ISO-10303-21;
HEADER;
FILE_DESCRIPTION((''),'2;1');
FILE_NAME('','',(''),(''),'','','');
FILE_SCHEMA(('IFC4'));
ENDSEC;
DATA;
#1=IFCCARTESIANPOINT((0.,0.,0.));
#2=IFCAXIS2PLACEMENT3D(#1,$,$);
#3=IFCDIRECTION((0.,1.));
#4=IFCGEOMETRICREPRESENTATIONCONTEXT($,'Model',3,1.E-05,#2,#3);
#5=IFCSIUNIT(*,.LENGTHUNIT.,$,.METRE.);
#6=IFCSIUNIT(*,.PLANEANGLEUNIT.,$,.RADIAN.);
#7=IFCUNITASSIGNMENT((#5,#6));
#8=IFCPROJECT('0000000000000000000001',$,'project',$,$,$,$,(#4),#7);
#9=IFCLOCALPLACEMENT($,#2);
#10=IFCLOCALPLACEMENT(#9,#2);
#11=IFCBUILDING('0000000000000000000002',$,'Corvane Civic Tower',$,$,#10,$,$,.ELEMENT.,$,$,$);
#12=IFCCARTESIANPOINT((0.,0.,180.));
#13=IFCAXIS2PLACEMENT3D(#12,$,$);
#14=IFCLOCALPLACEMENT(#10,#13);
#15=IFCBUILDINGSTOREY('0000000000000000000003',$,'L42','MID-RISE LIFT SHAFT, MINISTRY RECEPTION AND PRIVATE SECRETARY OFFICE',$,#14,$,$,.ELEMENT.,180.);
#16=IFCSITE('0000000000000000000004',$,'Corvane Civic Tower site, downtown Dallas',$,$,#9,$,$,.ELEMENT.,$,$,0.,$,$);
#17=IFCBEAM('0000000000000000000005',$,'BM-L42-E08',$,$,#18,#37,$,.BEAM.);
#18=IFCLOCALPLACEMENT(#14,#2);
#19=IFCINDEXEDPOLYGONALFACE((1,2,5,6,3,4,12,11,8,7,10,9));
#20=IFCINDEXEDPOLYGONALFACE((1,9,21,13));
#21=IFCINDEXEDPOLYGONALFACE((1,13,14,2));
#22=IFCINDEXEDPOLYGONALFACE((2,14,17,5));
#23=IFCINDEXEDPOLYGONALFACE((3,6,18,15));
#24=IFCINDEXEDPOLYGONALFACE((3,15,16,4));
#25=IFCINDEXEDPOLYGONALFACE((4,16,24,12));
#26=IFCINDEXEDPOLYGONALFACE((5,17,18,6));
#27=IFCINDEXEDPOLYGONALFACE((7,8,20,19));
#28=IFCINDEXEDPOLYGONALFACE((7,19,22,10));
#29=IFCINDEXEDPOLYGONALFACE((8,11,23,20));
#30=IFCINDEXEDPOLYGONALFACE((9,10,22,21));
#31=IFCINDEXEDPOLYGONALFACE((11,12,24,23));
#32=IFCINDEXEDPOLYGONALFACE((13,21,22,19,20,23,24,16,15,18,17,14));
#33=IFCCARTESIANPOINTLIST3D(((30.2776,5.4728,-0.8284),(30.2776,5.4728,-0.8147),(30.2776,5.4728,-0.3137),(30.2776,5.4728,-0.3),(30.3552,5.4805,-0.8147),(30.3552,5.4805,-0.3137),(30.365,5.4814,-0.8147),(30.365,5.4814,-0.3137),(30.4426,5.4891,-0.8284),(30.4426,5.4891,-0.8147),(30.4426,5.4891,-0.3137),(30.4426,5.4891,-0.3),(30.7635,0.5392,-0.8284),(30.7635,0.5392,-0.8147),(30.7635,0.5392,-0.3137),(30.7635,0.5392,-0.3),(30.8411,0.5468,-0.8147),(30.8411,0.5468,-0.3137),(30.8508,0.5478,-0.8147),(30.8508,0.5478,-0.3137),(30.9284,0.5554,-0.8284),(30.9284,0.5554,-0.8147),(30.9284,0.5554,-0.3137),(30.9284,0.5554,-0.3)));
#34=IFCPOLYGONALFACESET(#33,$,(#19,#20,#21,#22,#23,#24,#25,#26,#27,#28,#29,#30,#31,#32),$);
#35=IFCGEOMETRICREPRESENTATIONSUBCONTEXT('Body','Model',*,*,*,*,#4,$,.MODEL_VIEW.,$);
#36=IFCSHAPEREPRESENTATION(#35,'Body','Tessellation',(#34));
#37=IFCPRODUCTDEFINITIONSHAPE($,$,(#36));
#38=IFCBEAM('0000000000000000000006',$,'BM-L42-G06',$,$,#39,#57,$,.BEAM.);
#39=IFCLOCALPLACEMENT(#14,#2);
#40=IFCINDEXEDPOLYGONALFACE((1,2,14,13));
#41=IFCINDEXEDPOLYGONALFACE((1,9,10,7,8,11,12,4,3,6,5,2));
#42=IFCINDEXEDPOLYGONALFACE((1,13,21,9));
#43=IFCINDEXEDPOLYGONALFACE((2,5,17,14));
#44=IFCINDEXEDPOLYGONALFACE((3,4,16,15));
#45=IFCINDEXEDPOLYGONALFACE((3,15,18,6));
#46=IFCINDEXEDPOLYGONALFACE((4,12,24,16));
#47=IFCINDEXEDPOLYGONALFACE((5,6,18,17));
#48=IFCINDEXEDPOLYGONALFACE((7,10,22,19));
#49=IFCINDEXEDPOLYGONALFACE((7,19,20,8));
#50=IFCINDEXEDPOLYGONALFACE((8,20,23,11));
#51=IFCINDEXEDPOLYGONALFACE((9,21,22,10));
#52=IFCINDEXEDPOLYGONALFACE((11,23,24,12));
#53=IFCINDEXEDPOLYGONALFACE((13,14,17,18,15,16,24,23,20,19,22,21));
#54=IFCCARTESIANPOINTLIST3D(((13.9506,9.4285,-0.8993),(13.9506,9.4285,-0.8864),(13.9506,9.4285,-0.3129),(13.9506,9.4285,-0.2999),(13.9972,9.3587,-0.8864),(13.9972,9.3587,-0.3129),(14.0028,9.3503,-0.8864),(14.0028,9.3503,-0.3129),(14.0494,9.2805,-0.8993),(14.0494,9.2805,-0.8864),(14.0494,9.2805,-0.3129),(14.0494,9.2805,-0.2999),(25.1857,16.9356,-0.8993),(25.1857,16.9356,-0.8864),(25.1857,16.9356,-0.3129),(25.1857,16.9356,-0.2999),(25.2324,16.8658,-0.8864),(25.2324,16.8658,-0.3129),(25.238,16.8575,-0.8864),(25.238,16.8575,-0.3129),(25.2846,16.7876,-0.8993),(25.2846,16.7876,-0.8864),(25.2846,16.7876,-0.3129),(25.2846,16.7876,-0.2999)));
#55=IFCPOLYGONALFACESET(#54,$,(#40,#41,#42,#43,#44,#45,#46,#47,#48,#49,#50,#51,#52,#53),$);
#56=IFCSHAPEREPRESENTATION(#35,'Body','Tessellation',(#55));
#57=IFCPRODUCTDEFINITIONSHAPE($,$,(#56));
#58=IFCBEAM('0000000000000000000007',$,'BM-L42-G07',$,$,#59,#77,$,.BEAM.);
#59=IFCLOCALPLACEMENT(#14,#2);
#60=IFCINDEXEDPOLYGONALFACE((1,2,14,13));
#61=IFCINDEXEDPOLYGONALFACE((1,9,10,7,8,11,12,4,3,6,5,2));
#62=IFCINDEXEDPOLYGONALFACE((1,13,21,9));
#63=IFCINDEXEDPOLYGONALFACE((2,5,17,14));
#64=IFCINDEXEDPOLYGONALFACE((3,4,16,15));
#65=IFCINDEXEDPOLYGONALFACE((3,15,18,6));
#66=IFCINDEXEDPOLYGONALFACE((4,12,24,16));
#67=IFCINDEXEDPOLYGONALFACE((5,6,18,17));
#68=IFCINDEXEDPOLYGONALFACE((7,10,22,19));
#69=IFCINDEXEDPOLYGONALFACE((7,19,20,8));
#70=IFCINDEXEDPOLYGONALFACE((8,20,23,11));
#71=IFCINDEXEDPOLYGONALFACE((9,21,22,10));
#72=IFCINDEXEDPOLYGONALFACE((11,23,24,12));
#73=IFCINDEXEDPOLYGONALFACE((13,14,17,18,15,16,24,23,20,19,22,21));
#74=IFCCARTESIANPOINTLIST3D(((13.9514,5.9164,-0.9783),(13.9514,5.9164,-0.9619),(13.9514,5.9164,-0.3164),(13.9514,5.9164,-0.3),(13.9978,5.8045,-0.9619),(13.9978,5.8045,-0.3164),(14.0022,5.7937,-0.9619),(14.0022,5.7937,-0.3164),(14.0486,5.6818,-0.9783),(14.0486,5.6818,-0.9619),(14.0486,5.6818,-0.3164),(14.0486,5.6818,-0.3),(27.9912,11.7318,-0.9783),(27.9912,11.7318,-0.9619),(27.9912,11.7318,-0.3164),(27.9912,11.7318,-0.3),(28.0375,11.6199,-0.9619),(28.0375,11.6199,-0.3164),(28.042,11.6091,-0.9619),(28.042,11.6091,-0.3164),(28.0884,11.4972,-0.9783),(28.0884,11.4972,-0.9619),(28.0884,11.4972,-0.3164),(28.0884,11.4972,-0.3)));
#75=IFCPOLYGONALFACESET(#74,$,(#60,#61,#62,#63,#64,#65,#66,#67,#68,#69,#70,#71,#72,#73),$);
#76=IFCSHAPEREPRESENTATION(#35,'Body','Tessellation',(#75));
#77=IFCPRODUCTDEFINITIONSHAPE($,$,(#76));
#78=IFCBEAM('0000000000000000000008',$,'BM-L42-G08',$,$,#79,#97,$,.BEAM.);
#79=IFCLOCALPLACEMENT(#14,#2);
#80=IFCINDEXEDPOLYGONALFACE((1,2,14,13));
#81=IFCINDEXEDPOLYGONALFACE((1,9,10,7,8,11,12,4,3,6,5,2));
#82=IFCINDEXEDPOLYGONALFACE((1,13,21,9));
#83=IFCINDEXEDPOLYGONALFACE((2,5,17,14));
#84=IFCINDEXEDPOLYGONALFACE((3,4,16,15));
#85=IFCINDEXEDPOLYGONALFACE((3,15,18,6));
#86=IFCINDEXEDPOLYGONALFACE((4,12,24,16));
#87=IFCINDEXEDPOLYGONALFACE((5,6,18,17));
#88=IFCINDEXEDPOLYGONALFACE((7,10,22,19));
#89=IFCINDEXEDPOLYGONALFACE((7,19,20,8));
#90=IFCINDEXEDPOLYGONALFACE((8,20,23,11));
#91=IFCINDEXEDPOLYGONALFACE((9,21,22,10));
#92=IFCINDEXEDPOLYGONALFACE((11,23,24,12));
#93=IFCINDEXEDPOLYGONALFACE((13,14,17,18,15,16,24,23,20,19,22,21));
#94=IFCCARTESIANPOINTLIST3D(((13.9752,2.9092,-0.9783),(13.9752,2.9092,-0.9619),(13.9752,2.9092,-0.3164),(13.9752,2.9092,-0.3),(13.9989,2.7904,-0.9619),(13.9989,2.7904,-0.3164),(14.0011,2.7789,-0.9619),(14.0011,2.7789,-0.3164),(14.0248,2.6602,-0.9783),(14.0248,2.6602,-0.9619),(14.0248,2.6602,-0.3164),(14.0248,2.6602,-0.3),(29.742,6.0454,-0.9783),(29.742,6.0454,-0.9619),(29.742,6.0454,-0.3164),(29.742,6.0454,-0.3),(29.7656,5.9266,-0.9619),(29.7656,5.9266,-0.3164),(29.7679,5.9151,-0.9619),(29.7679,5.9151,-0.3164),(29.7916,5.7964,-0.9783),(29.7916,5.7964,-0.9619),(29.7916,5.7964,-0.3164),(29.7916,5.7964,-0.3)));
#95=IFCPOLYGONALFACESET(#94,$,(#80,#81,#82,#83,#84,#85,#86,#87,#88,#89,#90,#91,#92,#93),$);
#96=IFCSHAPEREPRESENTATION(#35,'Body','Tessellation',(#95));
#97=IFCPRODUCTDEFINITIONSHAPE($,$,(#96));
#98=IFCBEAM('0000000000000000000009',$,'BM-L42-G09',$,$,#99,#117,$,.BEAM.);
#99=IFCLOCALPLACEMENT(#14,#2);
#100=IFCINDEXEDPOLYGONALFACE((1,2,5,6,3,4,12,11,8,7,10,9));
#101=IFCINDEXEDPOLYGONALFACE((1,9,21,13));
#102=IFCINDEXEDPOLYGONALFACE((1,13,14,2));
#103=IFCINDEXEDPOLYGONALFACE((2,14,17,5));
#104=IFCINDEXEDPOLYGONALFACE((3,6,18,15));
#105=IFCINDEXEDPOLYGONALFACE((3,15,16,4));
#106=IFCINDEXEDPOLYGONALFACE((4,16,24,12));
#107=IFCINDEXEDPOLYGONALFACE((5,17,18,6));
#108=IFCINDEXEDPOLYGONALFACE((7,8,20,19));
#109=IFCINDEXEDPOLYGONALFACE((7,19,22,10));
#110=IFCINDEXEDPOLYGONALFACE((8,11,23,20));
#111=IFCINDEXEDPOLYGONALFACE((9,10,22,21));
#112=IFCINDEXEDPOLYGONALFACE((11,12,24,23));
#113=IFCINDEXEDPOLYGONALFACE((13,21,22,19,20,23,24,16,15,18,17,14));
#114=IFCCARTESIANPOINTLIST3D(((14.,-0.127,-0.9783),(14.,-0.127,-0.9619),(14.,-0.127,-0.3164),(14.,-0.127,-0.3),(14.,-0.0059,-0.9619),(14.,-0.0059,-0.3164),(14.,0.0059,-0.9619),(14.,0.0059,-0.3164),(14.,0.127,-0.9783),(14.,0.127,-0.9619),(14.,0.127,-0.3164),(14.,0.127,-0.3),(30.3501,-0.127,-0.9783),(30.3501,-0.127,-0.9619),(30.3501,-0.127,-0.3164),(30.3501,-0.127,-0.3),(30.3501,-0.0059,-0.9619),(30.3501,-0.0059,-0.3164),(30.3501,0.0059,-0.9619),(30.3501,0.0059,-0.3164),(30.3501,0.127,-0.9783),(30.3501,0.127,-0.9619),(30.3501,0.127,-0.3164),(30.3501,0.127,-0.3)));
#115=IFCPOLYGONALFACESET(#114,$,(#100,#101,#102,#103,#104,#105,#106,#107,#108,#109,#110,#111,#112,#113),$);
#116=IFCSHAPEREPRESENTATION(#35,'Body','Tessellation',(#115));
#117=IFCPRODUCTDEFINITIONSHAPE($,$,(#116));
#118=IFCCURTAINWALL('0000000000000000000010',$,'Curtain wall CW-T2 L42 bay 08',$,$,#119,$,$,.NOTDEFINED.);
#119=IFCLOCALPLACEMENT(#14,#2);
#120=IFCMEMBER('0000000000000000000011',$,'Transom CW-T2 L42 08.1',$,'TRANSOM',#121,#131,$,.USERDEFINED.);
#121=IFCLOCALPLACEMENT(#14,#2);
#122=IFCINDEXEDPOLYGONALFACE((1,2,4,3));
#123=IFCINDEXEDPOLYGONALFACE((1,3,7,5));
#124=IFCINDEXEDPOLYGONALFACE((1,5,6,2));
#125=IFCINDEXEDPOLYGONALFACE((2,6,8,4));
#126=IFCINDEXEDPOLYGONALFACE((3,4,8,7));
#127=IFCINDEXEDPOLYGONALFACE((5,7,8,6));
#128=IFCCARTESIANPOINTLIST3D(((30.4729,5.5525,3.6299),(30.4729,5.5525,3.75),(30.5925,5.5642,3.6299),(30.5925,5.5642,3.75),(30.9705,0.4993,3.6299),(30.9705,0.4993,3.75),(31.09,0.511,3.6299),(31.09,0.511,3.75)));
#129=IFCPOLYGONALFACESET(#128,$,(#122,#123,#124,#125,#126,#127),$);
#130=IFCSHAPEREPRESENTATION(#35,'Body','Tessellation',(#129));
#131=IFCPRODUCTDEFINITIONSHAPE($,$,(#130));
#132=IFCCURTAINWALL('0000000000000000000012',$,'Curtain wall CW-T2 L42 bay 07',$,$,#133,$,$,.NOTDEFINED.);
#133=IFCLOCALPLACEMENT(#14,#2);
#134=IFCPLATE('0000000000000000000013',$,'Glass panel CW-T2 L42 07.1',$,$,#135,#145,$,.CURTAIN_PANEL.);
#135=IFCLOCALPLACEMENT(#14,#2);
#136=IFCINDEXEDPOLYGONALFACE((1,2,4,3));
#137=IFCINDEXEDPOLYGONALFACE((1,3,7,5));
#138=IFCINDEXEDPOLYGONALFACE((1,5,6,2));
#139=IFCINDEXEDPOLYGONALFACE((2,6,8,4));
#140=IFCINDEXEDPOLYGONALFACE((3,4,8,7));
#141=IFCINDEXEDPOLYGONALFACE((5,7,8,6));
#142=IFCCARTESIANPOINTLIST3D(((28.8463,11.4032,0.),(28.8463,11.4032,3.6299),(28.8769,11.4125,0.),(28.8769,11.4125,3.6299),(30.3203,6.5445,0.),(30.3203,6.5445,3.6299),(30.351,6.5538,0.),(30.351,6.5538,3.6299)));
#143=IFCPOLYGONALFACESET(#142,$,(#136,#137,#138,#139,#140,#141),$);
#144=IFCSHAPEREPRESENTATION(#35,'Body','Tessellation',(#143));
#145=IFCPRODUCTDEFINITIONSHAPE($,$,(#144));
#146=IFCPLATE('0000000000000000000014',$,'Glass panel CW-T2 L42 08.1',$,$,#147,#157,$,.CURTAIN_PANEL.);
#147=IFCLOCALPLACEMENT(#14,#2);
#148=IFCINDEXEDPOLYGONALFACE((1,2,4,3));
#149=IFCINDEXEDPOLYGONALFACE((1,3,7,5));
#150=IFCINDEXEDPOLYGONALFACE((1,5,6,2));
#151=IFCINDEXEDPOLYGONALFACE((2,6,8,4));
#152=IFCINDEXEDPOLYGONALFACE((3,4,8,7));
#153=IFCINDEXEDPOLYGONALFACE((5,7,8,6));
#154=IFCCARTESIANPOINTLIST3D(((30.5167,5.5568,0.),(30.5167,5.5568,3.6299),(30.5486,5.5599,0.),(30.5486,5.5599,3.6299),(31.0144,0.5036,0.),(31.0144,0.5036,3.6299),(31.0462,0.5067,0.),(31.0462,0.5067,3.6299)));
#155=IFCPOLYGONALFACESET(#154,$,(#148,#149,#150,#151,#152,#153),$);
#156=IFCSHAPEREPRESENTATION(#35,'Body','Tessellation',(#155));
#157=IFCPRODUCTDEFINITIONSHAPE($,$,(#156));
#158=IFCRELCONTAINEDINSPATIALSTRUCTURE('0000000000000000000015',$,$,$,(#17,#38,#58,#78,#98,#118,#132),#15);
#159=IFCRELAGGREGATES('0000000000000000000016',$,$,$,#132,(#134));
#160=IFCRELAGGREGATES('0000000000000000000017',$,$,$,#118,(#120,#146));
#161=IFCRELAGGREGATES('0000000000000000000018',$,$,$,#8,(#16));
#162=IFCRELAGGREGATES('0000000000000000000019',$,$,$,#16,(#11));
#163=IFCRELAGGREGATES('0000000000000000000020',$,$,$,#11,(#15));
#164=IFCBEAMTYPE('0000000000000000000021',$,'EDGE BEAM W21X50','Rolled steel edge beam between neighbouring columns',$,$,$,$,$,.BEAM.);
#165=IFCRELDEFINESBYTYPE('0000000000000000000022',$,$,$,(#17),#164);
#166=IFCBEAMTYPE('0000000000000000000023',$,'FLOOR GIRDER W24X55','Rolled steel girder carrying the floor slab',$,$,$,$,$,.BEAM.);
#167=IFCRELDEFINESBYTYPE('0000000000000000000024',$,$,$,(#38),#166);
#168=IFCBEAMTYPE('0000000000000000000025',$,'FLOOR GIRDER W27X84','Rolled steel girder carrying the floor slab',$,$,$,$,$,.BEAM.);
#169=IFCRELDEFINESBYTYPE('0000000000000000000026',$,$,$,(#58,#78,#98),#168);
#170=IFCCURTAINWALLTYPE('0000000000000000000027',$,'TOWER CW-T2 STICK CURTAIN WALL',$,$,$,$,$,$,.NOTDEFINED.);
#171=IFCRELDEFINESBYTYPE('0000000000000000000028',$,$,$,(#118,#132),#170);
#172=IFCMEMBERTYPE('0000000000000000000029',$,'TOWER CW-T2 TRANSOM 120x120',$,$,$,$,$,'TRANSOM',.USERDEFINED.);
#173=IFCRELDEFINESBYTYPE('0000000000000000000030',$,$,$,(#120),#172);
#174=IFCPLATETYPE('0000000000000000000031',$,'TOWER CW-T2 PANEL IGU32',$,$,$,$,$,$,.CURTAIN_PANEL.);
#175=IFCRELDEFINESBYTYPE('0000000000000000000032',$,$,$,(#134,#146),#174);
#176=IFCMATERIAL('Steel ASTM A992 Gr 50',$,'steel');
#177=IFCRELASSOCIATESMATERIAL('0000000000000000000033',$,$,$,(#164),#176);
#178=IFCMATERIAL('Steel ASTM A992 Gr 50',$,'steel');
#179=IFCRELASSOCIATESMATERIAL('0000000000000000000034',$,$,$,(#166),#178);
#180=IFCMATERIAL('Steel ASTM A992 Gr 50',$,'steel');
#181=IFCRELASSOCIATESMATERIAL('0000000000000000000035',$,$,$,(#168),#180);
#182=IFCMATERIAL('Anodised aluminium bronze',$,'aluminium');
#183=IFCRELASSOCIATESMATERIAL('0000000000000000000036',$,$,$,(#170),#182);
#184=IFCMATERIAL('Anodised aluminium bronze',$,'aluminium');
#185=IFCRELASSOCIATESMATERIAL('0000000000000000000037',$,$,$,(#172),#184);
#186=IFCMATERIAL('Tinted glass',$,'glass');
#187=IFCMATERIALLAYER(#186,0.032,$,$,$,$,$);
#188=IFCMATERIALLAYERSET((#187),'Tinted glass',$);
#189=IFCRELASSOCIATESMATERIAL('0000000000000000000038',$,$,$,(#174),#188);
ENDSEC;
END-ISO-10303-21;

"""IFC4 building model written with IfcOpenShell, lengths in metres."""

from ifc_helpers import new_model, si_unit, direction, frame, origin, origin_2d, place, context, subcontext, project, spatial, rectangle, i_section, extrude, material, layer, layer_set, material_profile, profile_set, type_object, element, aggregate, save


model = new_model("IFC4")

# Units and contexts
model_context = context("Model", 3, precision=1e-05, world=origin(), true_north=direction((0.0, 1.0)))
body_context = subcontext(model_context, "Body", "Model", "MODEL_VIEW")
ifc_project = project(units=[si_unit("LENGTHUNIT", "METRE"), si_unit("PLANEANGLEUNIT", "RADIAN")], contexts=[model_context])

# Site, building, storey
site_placement = place(None, origin())
site = spatial("IfcSite", under=ifc_project, at=site_placement, Name="Corvane Civic Tower site, downtown Dallas", CompositionType="ELEMENT", RefElevation=0.0)
building_placement = place(site_placement, origin())
building = spatial("IfcBuilding", under=site, at=building_placement, Name="Corvane Civic Tower", CompositionType="ELEMENT")
storey_placement = place(building_placement, frame((0.0, 0.0, 180.0)))
storey = spatial("IfcBuildingStorey", under=building, at=storey_placement, Name="L42", Description="MID-RISE LIFT SHAFT, MINISTRY RECEPTION AND PRIVATE SECRETARY OFFICE", CompositionType="ELEMENT", Elevation=180.0)

# Beams
ifc_material_1 = material(Name="Steel ASTM A992 Gr 50", Category="steel")
ifc_material_profile_1 = material_profile(ifc_material_1, i_section(OverallWidth=0.1658, OverallDepth=0.5283, WebThickness=0.0098, FlangeThickness=0.0137, at=origin_2d()), Name="W21X50")
ifc_profile_set_1 = profile_set([ifc_material_profile_1], Name="Steel ASTM A992 Gr 50")
beam_type_1 = type_object("IfcBeamType", Name="EDGE BEAM W21X50", Description="Rolled steel edge beam between neighbouring columns", PredefinedType="BEAM", material=ifc_profile_set_1)
beam_1_placement = place(storey_placement, frame((30.3601, 5.481, -0.5642), z_axis=(0.098002, -0.995186, 0.0), x_axis=(0.995186, 0.098002, 0.0)))
element("IfcBeam", 1, at=beam_1_placement, inside=storey, type_object=beam_type_1, Name="BM-L42-E08", PredefinedType="BEAM", context=body_context, shape_type="SweptSolid", body=[
    extrude(i_section(OverallWidth=0.1658, OverallDepth=0.5283, WebThickness=0.0098, FlangeThickness=0.0137, at=origin_2d()), origin(), (0.0, 0.0, 1.0), 4.9575),
])
ifc_material_2 = material(Name="Steel ASTM A992 Gr 50", Category="steel")
ifc_material_profile_2 = material_profile(ifc_material_2, i_section(OverallWidth=0.178, OverallDepth=0.5994, WebThickness=0.01, FlangeThickness=0.0129, at=origin_2d()), Name="W24X55")
ifc_profile_set_2 = profile_set([ifc_material_profile_2], Name="Steel ASTM A992 Gr 50")
beam_type_2 = type_object("IfcBeamType", Name="FLOOR GIRDER W24X55", Description="Rolled steel girder carrying the floor slab", PredefinedType="BEAM", material=ifc_profile_set_2)
beam_2_placement = place(storey_placement, frame((14.0, 9.3545, -0.5996), z_axis=(0.831469, 0.555571, 0.0), x_axis=(-0.555571, 0.831469, 0.0)))
element("IfcBeam", 2, at=beam_2_placement, inside=storey, type_object=beam_type_2, Name="BM-L42-G06", PredefinedType="BEAM", context=body_context, shape_type="SweptSolid", body=[
    extrude(i_section(OverallWidth=0.178, OverallDepth=0.5994, WebThickness=0.01, FlangeThickness=0.0129, at=origin_2d()), origin(), (0.0, 0.0, 1.0), 13.5125),
])
ifc_material_3 = material(Name="Steel ASTM A992 Gr 50", Category="steel")
ifc_material_profile_3 = material_profile(ifc_material_3, i_section(OverallWidth=0.2539, OverallDepth=0.6782, WebThickness=0.0117, FlangeThickness=0.0164, at=origin_2d()), Name="W27X84")
ifc_profile_set_3 = profile_set([ifc_material_profile_3], Name="Steel ASTM A992 Gr 50")
beam_type_3 = type_object("IfcBeamType", Name="FLOOR GIRDER W27X84", Description="Rolled steel girder carrying the floor slab", PredefinedType="BEAM", material=ifc_profile_set_3)
beam_3_placement = place(storey_placement, frame((14.0, 5.7991, -0.6392), z_axis=(0.923881, 0.382681, 0.0), x_axis=(-0.382681, 0.923881, 0.0)))
element("IfcBeam", 3, at=beam_3_placement, inside=storey, type_object=beam_type_3, Name="BM-L42-G07", PredefinedType="BEAM", context=body_context, shape_type="SweptSolid", body=[
    extrude(i_section(OverallWidth=0.2539, OverallDepth=0.6782, WebThickness=0.0117, FlangeThickness=0.0164, at=origin_2d()), origin(), (0.0, 0.0, 1.0), 15.1965),
])
beam_4_placement = place(storey_placement, frame((14.0, 2.7847, -0.6392), z_axis=(0.980785, 0.195091, 0.0), x_axis=(-0.195091, 0.980785, 0.0)))
element("IfcBeam", 4, at=beam_4_placement, inside=storey, type_object=beam_type_3, Name="BM-L42-G08", PredefinedType="BEAM", context=body_context, shape_type="SweptSolid", body=[
    extrude(i_section(OverallWidth=0.2539, OverallDepth=0.6782, WebThickness=0.0117, FlangeThickness=0.0164, at=origin_2d()), origin(), (0.0, 0.0, 1.0), 16.0757),
])
beam_5_placement = place(storey_placement, frame((14.0, 0.0, -0.6392), z_axis=(1.0, 0.0, 0.0), x_axis=(0.0, 1.0, 0.0)))
element("IfcBeam", 5, at=beam_5_placement, inside=storey, type_object=beam_type_3, Name="BM-L42-G09", PredefinedType="BEAM", context=body_context, shape_type="SweptSolid", body=[
    extrude(i_section(OverallWidth=0.2539, OverallDepth=0.6782, WebThickness=0.0117, FlangeThickness=0.0164, at=origin_2d()), origin(), (0.0, 0.0, 1.0), 16.3501),
])

# Curtain wall, member
ifc_material_4 = material(Name="Anodised aluminium bronze", Category="aluminium")
curtain_wall_type = type_object("IfcCurtainWallType", Name="TOWER CW-T2 STICK CURTAIN WALL", PredefinedType="NOTDEFINED", material=ifc_material_4)
curtain_wall_1_placement = place(storey_placement, origin())
curtain_wall_1 = element("IfcCurtainWall", 6, at=curtain_wall_1_placement, inside=storey, type_object=curtain_wall_type, Name="Curtain wall CW-T2 L42 bay 08", PredefinedType="NOTDEFINED")
ifc_material_5 = material(Name="Anodised aluminium bronze", Category="aluminium")
ifc_material_profile_4 = material_profile(ifc_material_5, rectangle(XDim=0.1201, YDim=0.1201, at=origin_2d()), Name="TOWER CW-T2 TRANSOM 120x120")
ifc_profile_set_4 = profile_set([ifc_material_profile_4], Name="Anodised aluminium bronze")
member_type = type_object("IfcMemberType", Name="TOWER CW-T2 TRANSOM 120x120", ElementType="TRANSOM", PredefinedType="USERDEFINED", material=ifc_profile_set_4)
member_placement = place(storey_placement, frame((30.5327, 5.5583, 3.6899), z_axis=(0.09799, -0.995187, 0.0), x_axis=(0.995187, 0.09799, 0.0)))
member = element("IfcMember", 7, at=member_placement, type_object=member_type, Name="Transom CW-T2 L42 08.1", ObjectType="TRANSOM", PredefinedType="USERDEFINED", context=body_context, shape_type="SweptSolid", body=[
    extrude(rectangle(XDim=0.1201, YDim=0.1201, at=origin_2d()), origin(), (0.0, 0.0, 1.0), 5.0776),
])

# Curtain wall, plate
curtain_wall_2_placement = place(storey_placement, origin())
curtain_wall_2 = element("IfcCurtainWall", 8, at=curtain_wall_2_placement, inside=storey, type_object=curtain_wall_type, Name="Curtain wall CW-T2 L42 bay 07", PredefinedType="NOTDEFINED")
ifc_material_6 = material(Name="Tinted glass", Category="glass")
ifc_layer_1 = layer(ifc_material_6, 0.032)
ifc_layer_set_1 = layer_set([ifc_layer_1], Name="Tinted glass")
plate_type = type_object("IfcPlateType", Name="TOWER CW-T2 PANEL IGU32", PredefinedType="CURTAIN_PANEL", material=ifc_layer_set_1)
plate_1_placement = place(storey_placement, frame((29.5986, 8.9785, 0.0), z_axis=(0.0, 0.0, 1.0), x_axis=(0.290313, -0.956932, 0.0)))
plate_1 = element("IfcPlate", 9, at=plate_1_placement, type_object=plate_type, Name="Glass panel CW-T2 L42 07.1", PredefinedType="CURTAIN_PANEL", context=body_context, shape_type="SweptSolid", body=[
    extrude(rectangle(XDim=5.0774, YDim=0.032, at=origin_2d()), origin(), (0.0, 0.0, 1.0), 3.6299),
])
aggregate(curtain_wall_2, [plate_1])

# Plate
plate_2_placement = place(storey_placement, frame((30.7815, 3.0317, 0.0), z_axis=(0.0, 0.0, 1.0), x_axis=(0.098012, -0.995185, 0.0)))
plate_2 = element("IfcPlate", 10, at=plate_2_placement, type_object=plate_type, Name="Glass panel CW-T2 L42 08.1", PredefinedType="CURTAIN_PANEL", context=body_context, shape_type="SweptSolid", body=[
    extrude(rectangle(XDim=5.0776, YDim=0.032, at=origin_2d()), origin(), (0.0, 0.0, 1.0), 3.6299),
])
aggregate(curtain_wall_1, [member, plate_2])

save(model, "model.ifc")
